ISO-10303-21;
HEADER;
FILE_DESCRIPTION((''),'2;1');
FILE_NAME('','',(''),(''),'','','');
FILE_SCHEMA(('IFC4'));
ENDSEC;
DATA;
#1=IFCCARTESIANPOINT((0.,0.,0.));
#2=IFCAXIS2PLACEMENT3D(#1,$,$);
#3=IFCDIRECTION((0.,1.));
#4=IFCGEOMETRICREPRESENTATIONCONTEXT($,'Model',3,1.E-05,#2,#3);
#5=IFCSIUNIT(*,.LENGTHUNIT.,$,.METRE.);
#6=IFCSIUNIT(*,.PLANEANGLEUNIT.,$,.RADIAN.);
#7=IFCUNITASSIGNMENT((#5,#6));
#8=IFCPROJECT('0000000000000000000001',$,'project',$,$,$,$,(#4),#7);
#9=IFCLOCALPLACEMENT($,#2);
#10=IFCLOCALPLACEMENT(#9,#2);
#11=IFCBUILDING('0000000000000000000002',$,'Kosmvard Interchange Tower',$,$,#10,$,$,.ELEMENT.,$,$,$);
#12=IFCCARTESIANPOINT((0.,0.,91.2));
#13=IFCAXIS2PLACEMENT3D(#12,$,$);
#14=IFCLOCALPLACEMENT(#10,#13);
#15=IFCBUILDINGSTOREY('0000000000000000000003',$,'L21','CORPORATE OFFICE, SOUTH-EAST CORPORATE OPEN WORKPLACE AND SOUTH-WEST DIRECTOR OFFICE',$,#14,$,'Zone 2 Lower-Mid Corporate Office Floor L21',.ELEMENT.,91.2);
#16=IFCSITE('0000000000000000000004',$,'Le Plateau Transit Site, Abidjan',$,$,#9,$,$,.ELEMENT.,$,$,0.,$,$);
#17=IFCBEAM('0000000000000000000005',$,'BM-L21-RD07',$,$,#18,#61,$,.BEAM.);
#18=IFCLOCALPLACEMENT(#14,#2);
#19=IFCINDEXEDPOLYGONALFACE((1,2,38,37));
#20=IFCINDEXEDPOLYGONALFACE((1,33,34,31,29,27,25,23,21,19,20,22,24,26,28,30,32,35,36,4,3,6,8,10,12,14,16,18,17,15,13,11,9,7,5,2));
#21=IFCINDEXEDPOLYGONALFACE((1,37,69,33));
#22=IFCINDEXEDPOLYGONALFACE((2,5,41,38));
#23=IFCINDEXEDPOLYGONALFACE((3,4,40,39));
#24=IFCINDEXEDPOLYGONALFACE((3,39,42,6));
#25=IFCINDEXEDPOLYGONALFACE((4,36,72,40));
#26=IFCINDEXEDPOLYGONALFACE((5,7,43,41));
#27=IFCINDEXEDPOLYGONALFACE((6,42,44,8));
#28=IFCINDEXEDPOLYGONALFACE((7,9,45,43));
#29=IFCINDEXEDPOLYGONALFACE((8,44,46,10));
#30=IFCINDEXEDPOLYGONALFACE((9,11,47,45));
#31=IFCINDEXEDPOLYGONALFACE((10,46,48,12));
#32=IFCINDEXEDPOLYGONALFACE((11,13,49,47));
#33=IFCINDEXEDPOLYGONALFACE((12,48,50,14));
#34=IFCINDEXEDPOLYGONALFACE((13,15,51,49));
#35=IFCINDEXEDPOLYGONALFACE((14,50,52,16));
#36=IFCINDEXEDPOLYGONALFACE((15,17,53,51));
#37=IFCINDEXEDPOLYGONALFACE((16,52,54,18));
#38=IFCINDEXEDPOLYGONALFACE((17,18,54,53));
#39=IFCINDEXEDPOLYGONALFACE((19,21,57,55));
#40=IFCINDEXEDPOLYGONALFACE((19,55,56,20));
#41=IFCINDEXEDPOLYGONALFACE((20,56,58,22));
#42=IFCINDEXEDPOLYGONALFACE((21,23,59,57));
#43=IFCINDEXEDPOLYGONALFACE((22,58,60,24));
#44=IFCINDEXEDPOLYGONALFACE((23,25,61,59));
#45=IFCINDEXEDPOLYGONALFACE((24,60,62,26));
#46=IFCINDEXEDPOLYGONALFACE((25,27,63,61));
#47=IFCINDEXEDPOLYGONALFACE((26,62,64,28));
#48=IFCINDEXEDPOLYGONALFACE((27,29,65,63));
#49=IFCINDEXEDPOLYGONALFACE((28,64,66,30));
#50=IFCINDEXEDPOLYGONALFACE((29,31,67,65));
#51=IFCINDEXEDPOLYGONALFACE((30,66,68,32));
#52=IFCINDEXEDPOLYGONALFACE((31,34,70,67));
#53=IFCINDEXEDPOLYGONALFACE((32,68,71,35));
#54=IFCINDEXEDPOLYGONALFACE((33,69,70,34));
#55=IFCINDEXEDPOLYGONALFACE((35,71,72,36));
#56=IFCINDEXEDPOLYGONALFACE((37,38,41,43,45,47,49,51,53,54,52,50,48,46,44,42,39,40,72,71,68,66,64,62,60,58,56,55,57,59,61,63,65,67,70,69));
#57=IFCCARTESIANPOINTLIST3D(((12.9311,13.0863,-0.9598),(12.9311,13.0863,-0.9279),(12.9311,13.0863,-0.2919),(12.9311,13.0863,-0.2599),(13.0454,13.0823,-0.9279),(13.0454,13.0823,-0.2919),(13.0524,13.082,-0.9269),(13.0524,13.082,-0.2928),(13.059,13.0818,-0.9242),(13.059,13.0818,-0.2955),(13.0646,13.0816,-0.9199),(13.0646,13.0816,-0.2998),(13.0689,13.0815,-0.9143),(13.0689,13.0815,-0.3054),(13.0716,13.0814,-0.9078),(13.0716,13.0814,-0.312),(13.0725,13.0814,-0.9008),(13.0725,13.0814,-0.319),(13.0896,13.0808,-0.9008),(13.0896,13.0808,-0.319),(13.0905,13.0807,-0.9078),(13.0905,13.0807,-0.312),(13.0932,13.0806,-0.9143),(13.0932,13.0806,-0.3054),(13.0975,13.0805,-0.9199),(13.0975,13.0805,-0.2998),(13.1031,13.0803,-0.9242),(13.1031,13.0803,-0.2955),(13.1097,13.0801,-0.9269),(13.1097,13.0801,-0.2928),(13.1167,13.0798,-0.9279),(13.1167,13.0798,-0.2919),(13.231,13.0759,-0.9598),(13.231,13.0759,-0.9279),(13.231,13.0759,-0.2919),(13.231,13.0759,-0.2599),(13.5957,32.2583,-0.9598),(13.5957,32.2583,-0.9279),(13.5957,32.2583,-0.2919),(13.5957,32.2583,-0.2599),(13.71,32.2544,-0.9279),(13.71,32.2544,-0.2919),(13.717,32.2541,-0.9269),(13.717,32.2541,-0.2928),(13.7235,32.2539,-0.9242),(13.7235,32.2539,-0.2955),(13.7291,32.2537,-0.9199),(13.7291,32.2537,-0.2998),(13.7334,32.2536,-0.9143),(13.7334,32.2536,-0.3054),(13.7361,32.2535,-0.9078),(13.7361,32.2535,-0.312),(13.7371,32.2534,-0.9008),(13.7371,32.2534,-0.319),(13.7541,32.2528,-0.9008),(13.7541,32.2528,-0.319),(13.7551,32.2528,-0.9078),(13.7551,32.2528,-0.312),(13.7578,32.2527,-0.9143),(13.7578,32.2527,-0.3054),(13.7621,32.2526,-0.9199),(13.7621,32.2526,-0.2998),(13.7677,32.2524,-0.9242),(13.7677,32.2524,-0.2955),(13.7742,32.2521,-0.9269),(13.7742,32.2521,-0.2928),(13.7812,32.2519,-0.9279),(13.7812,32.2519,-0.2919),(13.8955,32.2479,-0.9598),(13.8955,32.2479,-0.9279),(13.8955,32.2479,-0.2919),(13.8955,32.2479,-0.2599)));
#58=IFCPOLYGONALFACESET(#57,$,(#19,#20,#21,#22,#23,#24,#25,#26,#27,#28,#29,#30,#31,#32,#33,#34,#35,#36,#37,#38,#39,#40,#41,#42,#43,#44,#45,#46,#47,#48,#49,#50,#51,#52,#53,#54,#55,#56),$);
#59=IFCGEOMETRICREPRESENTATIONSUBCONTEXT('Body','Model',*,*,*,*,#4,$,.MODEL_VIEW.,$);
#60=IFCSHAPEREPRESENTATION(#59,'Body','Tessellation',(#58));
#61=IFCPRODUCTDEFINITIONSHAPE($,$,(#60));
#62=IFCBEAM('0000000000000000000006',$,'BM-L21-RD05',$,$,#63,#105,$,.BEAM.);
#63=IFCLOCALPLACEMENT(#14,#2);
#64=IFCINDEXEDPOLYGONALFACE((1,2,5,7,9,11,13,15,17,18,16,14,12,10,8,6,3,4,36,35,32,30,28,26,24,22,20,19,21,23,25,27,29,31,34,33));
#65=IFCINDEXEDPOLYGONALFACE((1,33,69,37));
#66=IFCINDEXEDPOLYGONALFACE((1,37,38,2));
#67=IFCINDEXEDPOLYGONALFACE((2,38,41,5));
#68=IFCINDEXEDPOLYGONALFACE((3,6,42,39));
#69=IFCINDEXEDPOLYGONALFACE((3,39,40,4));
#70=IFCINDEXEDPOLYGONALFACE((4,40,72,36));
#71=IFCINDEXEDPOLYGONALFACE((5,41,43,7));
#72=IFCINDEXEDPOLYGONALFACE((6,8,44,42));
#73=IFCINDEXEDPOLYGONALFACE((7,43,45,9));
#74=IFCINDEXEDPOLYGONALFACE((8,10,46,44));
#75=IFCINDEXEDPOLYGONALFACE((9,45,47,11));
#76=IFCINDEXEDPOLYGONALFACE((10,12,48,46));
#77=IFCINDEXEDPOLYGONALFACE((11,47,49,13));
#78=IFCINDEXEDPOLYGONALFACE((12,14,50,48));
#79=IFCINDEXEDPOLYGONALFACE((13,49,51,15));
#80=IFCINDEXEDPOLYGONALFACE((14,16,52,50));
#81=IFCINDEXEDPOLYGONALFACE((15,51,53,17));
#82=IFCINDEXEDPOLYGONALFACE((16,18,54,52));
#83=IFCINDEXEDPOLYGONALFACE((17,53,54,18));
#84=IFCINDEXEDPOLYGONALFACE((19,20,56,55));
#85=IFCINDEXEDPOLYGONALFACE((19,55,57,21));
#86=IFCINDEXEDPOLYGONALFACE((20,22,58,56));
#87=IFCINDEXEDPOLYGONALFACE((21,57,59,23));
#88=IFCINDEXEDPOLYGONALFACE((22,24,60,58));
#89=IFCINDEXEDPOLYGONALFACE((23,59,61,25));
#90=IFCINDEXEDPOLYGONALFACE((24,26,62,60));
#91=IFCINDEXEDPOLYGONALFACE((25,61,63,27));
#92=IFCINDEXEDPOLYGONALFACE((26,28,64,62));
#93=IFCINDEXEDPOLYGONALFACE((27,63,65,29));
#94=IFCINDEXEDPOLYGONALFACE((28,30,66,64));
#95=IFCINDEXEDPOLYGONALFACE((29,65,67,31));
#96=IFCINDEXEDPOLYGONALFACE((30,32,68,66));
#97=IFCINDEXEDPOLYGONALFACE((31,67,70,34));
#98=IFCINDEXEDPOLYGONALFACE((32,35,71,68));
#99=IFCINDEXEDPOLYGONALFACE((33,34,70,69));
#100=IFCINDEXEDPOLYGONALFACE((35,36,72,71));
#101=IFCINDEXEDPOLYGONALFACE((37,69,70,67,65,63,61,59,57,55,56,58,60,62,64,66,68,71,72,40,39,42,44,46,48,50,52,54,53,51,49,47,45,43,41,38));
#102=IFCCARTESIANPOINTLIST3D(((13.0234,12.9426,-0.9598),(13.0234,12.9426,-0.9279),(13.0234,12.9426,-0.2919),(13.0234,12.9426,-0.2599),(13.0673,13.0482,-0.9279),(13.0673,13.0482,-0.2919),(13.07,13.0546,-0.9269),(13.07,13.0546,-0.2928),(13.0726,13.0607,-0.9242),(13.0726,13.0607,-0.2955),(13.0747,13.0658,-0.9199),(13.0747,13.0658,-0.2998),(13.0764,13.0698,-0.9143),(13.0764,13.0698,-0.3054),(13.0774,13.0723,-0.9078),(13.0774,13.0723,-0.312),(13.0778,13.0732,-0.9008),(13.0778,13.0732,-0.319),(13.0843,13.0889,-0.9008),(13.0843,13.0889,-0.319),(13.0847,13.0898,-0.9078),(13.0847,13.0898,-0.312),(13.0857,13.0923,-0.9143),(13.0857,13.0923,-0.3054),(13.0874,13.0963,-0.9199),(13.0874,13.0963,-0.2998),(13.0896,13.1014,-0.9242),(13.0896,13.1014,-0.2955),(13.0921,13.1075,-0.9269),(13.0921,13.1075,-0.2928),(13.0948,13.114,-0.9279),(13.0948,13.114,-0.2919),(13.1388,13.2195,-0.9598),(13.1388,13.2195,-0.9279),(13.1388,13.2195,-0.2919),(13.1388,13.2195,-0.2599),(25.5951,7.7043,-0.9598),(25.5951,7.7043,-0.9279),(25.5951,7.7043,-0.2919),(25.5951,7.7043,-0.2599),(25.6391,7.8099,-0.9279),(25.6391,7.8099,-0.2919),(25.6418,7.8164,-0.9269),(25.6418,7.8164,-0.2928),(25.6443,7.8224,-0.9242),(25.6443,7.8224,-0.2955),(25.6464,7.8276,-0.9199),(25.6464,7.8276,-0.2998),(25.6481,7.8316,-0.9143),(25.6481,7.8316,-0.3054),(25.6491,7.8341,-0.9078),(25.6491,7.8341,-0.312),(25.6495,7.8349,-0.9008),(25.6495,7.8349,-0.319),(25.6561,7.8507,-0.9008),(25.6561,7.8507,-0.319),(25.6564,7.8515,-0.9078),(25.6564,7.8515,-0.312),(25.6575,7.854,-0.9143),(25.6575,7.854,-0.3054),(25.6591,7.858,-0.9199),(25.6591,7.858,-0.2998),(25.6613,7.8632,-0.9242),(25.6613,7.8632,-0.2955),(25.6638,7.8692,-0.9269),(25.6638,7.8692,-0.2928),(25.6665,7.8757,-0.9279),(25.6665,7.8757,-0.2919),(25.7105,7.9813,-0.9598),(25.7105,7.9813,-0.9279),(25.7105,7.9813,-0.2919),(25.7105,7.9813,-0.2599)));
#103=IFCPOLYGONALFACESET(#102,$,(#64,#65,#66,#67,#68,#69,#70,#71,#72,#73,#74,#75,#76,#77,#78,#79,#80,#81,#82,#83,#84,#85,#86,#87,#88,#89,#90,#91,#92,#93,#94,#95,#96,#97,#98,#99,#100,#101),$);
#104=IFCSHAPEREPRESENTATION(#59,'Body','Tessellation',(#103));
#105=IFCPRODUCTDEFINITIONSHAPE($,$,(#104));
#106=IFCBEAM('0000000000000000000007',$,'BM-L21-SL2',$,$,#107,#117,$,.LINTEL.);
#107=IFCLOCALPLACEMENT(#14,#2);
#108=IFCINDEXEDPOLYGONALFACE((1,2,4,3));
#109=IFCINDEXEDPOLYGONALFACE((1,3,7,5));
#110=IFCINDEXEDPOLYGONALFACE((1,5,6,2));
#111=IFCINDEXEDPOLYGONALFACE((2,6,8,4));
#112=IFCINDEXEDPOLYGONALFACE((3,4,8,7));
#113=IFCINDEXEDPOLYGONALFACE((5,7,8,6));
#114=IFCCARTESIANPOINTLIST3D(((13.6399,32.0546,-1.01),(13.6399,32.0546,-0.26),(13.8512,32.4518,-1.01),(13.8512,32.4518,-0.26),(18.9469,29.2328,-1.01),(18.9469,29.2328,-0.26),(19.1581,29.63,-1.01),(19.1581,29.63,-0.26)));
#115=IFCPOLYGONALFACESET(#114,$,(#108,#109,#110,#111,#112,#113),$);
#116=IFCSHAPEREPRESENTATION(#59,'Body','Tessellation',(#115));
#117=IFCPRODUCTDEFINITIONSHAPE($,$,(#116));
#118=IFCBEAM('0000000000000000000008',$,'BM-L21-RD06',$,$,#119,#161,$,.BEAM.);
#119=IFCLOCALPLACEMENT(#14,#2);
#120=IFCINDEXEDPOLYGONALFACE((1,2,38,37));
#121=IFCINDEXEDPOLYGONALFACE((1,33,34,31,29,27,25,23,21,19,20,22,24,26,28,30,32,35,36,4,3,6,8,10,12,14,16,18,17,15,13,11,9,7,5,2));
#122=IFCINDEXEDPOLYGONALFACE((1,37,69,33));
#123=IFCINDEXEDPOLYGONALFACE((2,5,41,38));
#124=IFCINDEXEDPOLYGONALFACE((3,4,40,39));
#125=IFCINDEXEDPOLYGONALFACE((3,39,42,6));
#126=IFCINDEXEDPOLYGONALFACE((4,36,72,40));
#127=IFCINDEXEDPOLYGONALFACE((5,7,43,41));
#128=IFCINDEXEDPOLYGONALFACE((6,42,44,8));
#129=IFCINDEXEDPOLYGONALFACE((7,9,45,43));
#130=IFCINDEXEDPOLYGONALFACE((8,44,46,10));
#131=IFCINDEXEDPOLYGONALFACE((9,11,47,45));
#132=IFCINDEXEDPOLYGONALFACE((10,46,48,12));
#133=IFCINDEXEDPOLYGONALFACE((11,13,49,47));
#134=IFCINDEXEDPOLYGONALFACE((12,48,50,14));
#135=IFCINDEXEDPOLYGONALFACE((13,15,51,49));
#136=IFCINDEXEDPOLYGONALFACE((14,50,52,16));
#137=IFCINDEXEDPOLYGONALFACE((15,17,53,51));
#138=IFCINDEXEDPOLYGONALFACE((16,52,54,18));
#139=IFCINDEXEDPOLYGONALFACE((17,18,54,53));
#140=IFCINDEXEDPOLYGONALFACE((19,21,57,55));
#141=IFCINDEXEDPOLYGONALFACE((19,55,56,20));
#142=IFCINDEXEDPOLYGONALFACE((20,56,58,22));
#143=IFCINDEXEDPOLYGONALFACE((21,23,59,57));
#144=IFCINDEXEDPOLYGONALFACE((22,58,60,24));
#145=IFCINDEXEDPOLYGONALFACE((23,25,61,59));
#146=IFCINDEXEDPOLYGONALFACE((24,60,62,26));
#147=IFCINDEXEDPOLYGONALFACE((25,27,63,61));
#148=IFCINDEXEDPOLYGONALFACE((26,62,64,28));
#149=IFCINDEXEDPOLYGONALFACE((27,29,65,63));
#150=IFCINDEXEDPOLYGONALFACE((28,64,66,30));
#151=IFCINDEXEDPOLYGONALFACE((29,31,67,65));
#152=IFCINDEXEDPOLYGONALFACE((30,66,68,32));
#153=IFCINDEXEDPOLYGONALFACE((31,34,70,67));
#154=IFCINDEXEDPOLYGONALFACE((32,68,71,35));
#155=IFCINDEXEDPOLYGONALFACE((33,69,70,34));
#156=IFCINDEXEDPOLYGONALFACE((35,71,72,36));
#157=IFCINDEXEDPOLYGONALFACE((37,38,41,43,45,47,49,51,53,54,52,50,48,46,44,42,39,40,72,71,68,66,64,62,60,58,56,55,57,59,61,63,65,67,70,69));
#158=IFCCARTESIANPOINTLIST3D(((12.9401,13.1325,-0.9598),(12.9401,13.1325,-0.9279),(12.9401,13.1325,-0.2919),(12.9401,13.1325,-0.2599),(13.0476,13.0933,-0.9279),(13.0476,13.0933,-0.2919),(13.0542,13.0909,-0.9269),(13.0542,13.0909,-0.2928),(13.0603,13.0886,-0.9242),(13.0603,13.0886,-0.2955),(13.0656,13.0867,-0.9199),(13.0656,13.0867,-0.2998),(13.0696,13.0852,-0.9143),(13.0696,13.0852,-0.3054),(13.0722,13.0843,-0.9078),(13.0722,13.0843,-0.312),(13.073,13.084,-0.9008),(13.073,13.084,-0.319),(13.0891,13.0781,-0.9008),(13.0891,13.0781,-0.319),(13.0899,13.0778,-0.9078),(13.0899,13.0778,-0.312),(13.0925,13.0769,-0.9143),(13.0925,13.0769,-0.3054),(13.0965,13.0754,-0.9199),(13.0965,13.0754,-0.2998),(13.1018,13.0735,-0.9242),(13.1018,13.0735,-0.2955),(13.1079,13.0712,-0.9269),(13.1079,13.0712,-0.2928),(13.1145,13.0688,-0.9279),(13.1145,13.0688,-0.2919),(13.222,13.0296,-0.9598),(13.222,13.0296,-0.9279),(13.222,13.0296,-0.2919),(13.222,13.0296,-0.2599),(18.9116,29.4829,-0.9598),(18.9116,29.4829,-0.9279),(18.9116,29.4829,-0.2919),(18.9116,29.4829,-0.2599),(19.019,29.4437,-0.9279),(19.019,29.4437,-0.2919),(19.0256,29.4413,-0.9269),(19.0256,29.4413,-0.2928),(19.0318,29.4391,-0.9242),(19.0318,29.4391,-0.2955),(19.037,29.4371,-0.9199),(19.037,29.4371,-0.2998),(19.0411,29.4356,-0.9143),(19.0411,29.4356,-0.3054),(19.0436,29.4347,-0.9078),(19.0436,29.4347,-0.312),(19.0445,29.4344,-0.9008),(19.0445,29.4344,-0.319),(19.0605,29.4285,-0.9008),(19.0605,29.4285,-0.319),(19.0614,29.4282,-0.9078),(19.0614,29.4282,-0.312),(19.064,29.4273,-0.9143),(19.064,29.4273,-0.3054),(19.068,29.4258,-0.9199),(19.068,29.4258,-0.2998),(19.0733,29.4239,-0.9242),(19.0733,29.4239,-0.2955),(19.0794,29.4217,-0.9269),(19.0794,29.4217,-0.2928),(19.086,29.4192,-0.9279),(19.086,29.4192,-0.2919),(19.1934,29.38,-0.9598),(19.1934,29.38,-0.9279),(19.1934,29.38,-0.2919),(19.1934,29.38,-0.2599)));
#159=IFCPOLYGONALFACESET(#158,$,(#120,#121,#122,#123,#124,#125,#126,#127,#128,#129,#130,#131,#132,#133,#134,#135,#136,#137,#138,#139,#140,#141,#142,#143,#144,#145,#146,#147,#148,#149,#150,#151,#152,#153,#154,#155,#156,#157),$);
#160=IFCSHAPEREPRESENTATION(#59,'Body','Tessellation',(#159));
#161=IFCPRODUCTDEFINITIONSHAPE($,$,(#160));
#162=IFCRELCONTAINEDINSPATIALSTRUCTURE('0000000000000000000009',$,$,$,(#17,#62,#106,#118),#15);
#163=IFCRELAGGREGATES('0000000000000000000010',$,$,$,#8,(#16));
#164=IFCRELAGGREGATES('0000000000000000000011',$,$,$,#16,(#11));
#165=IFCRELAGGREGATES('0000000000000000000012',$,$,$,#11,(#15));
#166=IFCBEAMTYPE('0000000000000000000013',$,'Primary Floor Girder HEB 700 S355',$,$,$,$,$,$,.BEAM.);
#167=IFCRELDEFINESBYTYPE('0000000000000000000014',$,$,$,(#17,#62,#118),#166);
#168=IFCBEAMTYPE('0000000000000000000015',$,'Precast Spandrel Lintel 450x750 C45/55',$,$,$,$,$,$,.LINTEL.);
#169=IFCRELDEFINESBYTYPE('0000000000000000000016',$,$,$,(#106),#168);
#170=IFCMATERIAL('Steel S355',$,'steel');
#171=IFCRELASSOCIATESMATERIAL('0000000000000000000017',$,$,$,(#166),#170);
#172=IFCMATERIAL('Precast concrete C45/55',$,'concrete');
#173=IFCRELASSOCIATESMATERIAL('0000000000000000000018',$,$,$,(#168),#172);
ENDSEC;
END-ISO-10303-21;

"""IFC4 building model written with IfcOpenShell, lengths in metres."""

from ifc_helpers import new_model, si_unit, direction, frame, origin, origin_2d, place, context, subcontext, project, spatial, rectangle, i_section, extrude, source, transform, mapped, material, material_profile, profile_set, type_object, element, save


model = new_model("IFC4")

# Units and contexts
model_context = context("Model", 3, precision=1e-05, world=origin(), true_north=direction((0.0, 1.0)))
body_context = subcontext(model_context, "Body", "Model", "MODEL_VIEW")
ifc_project = project(units=[si_unit("LENGTHUNIT", "METRE"), si_unit("PLANEANGLEUNIT", "RADIAN")], contexts=[model_context])

# Site, building, storey
site_placement = place(None, origin())
site = spatial("IfcSite", under=ifc_project, at=site_placement, Name="Le Plateau Transit Site, Abidjan", CompositionType="ELEMENT", RefElevation=0.0)
building_placement = place(site_placement, origin())
building = spatial("IfcBuilding", under=site, at=building_placement, Name="Kosmvard Interchange Tower", CompositionType="ELEMENT")
storey_placement = place(building_placement, frame((0.0, 0.0, 91.2)))
storey = spatial("IfcBuildingStorey", under=building, at=storey_placement, Name="L21", Description="CORPORATE OFFICE, SOUTH-EAST CORPORATE OPEN WORKPLACE AND SOUTH-WEST DIRECTOR OFFICE", LongName="Zone 2 Lower-Mid Corporate Office Floor L21", CompositionType="ELEMENT", Elevation=91.2)

# Beams
ifc_material_1 = material(Name="Steel S355", Category="steel")
ifc_material_profile_1 = material_profile(ifc_material_1, i_section(OverallWidth=0.3, OverallDepth=0.7, WebThickness=0.0171, FlangeThickness=0.032, FilletRadius=0.0271, at=origin_2d()), Name="HEB 700")
ifc_profile_set_1 = profile_set([ifc_material_profile_1], Name="Steel S355")
beam_type_1 = type_object("IfcBeamType", Name="Primary Floor Girder HEB 700 S355", PredefinedType="BEAM", material=ifc_profile_set_1)
shared_shape_1 = source(origin(), body_context, "Body", "SweptSolid", [
    extrude(i_section(OverallWidth=0.3, OverallDepth=0.7, WebThickness=0.0171, FlangeThickness=0.032, FilletRadius=0.0271, at=origin_2d()), origin(), (0.0, 0.0, 1.0), 19.1836),
])
beam_1_placement = place(storey_placement, frame((13.0811, 13.0811, -0.6099), z_axis=(0.034642, 0.9994, 0.0), x_axis=(-0.9994, 0.034642, 0.0)))
element("IfcBeam", 1, at=beam_1_placement, inside=storey, type_object=beam_type_1, Name="BM-L21-RD07", PredefinedType="BEAM", context=body_context, shape_type="MappedRepresentation", body=[
    mapped(shared_shape_1, transform((0.0, 0.0, 0.0), scale=1.0)),
])
shared_shape_2 = source(origin(), body_context, "Body", "SweptSolid", [
    extrude(i_section(OverallWidth=0.3, OverallDepth=0.7, WebThickness=0.0171, FlangeThickness=0.032, FilletRadius=0.0271, at=origin_2d()), origin(), (0.0, 0.0, 1.0), 13.6194),
])
beam_2_placement = place(storey_placement, frame((13.0811, 13.0811, -0.6099), z_axis=(0.923076, -0.384618, 0.0), x_axis=(0.384618, 0.923076, 0.0)))
element("IfcBeam", 2, at=beam_2_placement, inside=storey, type_object=beam_type_1, Name="BM-L21-RD05", PredefinedType="BEAM", context=body_context, shape_type="MappedRepresentation", body=[
    mapped(shared_shape_2, transform((0.0, 0.0, 0.0), scale=1.0)),
])
ifc_material_2 = material(Name="Precast concrete C45/55", Category="concrete")
ifc_material_profile_2 = material_profile(ifc_material_2, rectangle(XDim=0.45, YDim=0.75, at=origin_2d()), Name="SL 450x750")
ifc_profile_set_2 = profile_set([ifc_material_profile_2], Name="Precast concrete C45/55")
beam_type_2 = type_object("IfcBeamType", Name="Precast Spandrel Lintel 450x750 C45/55", PredefinedType="LINTEL", material=ifc_profile_set_2)
shared_shape_3 = source(origin(), body_context, "Body", "SweptSolid", [
    extrude(rectangle(XDim=0.45, YDim=0.75, at=origin_2d()), origin(), (0.0, 0.0, 1.0), 6.0105),
])
beam_3_placement = place(storey_placement, frame((19.0525, 29.4314, -0.635), z_axis=(-0.882944, 0.469479, 0.0), x_axis=(-0.469479, -0.882944, 0.0)))
element("IfcBeam", 3, at=beam_3_placement, inside=storey, type_object=beam_type_2, Name="BM-L21-SL2", PredefinedType="LINTEL", context=body_context, shape_type="MappedRepresentation", body=[
    mapped(shared_shape_3, transform((0.0, 0.0, 0.0), scale=1.0)),
])
shared_shape_4 = source(origin(), body_context, "Body", "SweptSolid", [
    extrude(i_section(OverallWidth=0.3, OverallDepth=0.7, WebThickness=0.0171, FlangeThickness=0.032, FilletRadius=0.0271, at=origin_2d()), origin(), (0.0, 0.0, 1.0), 17.4067),
])
beam_4_placement = place(storey_placement, frame((13.0811, 13.0811, -0.6099), z_axis=(0.343055, 0.939315, 0.0), x_axis=(-0.939315, 0.343055, 0.0)))
element("IfcBeam", 4, at=beam_4_placement, inside=storey, type_object=beam_type_1, Name="BM-L21-RD06", PredefinedType="BEAM", context=body_context, shape_type="MappedRepresentation", body=[
    mapped(shared_shape_4, transform((0.0, 0.0, 0.0), scale=1.0)),
])

save(model, "model.ifc")
